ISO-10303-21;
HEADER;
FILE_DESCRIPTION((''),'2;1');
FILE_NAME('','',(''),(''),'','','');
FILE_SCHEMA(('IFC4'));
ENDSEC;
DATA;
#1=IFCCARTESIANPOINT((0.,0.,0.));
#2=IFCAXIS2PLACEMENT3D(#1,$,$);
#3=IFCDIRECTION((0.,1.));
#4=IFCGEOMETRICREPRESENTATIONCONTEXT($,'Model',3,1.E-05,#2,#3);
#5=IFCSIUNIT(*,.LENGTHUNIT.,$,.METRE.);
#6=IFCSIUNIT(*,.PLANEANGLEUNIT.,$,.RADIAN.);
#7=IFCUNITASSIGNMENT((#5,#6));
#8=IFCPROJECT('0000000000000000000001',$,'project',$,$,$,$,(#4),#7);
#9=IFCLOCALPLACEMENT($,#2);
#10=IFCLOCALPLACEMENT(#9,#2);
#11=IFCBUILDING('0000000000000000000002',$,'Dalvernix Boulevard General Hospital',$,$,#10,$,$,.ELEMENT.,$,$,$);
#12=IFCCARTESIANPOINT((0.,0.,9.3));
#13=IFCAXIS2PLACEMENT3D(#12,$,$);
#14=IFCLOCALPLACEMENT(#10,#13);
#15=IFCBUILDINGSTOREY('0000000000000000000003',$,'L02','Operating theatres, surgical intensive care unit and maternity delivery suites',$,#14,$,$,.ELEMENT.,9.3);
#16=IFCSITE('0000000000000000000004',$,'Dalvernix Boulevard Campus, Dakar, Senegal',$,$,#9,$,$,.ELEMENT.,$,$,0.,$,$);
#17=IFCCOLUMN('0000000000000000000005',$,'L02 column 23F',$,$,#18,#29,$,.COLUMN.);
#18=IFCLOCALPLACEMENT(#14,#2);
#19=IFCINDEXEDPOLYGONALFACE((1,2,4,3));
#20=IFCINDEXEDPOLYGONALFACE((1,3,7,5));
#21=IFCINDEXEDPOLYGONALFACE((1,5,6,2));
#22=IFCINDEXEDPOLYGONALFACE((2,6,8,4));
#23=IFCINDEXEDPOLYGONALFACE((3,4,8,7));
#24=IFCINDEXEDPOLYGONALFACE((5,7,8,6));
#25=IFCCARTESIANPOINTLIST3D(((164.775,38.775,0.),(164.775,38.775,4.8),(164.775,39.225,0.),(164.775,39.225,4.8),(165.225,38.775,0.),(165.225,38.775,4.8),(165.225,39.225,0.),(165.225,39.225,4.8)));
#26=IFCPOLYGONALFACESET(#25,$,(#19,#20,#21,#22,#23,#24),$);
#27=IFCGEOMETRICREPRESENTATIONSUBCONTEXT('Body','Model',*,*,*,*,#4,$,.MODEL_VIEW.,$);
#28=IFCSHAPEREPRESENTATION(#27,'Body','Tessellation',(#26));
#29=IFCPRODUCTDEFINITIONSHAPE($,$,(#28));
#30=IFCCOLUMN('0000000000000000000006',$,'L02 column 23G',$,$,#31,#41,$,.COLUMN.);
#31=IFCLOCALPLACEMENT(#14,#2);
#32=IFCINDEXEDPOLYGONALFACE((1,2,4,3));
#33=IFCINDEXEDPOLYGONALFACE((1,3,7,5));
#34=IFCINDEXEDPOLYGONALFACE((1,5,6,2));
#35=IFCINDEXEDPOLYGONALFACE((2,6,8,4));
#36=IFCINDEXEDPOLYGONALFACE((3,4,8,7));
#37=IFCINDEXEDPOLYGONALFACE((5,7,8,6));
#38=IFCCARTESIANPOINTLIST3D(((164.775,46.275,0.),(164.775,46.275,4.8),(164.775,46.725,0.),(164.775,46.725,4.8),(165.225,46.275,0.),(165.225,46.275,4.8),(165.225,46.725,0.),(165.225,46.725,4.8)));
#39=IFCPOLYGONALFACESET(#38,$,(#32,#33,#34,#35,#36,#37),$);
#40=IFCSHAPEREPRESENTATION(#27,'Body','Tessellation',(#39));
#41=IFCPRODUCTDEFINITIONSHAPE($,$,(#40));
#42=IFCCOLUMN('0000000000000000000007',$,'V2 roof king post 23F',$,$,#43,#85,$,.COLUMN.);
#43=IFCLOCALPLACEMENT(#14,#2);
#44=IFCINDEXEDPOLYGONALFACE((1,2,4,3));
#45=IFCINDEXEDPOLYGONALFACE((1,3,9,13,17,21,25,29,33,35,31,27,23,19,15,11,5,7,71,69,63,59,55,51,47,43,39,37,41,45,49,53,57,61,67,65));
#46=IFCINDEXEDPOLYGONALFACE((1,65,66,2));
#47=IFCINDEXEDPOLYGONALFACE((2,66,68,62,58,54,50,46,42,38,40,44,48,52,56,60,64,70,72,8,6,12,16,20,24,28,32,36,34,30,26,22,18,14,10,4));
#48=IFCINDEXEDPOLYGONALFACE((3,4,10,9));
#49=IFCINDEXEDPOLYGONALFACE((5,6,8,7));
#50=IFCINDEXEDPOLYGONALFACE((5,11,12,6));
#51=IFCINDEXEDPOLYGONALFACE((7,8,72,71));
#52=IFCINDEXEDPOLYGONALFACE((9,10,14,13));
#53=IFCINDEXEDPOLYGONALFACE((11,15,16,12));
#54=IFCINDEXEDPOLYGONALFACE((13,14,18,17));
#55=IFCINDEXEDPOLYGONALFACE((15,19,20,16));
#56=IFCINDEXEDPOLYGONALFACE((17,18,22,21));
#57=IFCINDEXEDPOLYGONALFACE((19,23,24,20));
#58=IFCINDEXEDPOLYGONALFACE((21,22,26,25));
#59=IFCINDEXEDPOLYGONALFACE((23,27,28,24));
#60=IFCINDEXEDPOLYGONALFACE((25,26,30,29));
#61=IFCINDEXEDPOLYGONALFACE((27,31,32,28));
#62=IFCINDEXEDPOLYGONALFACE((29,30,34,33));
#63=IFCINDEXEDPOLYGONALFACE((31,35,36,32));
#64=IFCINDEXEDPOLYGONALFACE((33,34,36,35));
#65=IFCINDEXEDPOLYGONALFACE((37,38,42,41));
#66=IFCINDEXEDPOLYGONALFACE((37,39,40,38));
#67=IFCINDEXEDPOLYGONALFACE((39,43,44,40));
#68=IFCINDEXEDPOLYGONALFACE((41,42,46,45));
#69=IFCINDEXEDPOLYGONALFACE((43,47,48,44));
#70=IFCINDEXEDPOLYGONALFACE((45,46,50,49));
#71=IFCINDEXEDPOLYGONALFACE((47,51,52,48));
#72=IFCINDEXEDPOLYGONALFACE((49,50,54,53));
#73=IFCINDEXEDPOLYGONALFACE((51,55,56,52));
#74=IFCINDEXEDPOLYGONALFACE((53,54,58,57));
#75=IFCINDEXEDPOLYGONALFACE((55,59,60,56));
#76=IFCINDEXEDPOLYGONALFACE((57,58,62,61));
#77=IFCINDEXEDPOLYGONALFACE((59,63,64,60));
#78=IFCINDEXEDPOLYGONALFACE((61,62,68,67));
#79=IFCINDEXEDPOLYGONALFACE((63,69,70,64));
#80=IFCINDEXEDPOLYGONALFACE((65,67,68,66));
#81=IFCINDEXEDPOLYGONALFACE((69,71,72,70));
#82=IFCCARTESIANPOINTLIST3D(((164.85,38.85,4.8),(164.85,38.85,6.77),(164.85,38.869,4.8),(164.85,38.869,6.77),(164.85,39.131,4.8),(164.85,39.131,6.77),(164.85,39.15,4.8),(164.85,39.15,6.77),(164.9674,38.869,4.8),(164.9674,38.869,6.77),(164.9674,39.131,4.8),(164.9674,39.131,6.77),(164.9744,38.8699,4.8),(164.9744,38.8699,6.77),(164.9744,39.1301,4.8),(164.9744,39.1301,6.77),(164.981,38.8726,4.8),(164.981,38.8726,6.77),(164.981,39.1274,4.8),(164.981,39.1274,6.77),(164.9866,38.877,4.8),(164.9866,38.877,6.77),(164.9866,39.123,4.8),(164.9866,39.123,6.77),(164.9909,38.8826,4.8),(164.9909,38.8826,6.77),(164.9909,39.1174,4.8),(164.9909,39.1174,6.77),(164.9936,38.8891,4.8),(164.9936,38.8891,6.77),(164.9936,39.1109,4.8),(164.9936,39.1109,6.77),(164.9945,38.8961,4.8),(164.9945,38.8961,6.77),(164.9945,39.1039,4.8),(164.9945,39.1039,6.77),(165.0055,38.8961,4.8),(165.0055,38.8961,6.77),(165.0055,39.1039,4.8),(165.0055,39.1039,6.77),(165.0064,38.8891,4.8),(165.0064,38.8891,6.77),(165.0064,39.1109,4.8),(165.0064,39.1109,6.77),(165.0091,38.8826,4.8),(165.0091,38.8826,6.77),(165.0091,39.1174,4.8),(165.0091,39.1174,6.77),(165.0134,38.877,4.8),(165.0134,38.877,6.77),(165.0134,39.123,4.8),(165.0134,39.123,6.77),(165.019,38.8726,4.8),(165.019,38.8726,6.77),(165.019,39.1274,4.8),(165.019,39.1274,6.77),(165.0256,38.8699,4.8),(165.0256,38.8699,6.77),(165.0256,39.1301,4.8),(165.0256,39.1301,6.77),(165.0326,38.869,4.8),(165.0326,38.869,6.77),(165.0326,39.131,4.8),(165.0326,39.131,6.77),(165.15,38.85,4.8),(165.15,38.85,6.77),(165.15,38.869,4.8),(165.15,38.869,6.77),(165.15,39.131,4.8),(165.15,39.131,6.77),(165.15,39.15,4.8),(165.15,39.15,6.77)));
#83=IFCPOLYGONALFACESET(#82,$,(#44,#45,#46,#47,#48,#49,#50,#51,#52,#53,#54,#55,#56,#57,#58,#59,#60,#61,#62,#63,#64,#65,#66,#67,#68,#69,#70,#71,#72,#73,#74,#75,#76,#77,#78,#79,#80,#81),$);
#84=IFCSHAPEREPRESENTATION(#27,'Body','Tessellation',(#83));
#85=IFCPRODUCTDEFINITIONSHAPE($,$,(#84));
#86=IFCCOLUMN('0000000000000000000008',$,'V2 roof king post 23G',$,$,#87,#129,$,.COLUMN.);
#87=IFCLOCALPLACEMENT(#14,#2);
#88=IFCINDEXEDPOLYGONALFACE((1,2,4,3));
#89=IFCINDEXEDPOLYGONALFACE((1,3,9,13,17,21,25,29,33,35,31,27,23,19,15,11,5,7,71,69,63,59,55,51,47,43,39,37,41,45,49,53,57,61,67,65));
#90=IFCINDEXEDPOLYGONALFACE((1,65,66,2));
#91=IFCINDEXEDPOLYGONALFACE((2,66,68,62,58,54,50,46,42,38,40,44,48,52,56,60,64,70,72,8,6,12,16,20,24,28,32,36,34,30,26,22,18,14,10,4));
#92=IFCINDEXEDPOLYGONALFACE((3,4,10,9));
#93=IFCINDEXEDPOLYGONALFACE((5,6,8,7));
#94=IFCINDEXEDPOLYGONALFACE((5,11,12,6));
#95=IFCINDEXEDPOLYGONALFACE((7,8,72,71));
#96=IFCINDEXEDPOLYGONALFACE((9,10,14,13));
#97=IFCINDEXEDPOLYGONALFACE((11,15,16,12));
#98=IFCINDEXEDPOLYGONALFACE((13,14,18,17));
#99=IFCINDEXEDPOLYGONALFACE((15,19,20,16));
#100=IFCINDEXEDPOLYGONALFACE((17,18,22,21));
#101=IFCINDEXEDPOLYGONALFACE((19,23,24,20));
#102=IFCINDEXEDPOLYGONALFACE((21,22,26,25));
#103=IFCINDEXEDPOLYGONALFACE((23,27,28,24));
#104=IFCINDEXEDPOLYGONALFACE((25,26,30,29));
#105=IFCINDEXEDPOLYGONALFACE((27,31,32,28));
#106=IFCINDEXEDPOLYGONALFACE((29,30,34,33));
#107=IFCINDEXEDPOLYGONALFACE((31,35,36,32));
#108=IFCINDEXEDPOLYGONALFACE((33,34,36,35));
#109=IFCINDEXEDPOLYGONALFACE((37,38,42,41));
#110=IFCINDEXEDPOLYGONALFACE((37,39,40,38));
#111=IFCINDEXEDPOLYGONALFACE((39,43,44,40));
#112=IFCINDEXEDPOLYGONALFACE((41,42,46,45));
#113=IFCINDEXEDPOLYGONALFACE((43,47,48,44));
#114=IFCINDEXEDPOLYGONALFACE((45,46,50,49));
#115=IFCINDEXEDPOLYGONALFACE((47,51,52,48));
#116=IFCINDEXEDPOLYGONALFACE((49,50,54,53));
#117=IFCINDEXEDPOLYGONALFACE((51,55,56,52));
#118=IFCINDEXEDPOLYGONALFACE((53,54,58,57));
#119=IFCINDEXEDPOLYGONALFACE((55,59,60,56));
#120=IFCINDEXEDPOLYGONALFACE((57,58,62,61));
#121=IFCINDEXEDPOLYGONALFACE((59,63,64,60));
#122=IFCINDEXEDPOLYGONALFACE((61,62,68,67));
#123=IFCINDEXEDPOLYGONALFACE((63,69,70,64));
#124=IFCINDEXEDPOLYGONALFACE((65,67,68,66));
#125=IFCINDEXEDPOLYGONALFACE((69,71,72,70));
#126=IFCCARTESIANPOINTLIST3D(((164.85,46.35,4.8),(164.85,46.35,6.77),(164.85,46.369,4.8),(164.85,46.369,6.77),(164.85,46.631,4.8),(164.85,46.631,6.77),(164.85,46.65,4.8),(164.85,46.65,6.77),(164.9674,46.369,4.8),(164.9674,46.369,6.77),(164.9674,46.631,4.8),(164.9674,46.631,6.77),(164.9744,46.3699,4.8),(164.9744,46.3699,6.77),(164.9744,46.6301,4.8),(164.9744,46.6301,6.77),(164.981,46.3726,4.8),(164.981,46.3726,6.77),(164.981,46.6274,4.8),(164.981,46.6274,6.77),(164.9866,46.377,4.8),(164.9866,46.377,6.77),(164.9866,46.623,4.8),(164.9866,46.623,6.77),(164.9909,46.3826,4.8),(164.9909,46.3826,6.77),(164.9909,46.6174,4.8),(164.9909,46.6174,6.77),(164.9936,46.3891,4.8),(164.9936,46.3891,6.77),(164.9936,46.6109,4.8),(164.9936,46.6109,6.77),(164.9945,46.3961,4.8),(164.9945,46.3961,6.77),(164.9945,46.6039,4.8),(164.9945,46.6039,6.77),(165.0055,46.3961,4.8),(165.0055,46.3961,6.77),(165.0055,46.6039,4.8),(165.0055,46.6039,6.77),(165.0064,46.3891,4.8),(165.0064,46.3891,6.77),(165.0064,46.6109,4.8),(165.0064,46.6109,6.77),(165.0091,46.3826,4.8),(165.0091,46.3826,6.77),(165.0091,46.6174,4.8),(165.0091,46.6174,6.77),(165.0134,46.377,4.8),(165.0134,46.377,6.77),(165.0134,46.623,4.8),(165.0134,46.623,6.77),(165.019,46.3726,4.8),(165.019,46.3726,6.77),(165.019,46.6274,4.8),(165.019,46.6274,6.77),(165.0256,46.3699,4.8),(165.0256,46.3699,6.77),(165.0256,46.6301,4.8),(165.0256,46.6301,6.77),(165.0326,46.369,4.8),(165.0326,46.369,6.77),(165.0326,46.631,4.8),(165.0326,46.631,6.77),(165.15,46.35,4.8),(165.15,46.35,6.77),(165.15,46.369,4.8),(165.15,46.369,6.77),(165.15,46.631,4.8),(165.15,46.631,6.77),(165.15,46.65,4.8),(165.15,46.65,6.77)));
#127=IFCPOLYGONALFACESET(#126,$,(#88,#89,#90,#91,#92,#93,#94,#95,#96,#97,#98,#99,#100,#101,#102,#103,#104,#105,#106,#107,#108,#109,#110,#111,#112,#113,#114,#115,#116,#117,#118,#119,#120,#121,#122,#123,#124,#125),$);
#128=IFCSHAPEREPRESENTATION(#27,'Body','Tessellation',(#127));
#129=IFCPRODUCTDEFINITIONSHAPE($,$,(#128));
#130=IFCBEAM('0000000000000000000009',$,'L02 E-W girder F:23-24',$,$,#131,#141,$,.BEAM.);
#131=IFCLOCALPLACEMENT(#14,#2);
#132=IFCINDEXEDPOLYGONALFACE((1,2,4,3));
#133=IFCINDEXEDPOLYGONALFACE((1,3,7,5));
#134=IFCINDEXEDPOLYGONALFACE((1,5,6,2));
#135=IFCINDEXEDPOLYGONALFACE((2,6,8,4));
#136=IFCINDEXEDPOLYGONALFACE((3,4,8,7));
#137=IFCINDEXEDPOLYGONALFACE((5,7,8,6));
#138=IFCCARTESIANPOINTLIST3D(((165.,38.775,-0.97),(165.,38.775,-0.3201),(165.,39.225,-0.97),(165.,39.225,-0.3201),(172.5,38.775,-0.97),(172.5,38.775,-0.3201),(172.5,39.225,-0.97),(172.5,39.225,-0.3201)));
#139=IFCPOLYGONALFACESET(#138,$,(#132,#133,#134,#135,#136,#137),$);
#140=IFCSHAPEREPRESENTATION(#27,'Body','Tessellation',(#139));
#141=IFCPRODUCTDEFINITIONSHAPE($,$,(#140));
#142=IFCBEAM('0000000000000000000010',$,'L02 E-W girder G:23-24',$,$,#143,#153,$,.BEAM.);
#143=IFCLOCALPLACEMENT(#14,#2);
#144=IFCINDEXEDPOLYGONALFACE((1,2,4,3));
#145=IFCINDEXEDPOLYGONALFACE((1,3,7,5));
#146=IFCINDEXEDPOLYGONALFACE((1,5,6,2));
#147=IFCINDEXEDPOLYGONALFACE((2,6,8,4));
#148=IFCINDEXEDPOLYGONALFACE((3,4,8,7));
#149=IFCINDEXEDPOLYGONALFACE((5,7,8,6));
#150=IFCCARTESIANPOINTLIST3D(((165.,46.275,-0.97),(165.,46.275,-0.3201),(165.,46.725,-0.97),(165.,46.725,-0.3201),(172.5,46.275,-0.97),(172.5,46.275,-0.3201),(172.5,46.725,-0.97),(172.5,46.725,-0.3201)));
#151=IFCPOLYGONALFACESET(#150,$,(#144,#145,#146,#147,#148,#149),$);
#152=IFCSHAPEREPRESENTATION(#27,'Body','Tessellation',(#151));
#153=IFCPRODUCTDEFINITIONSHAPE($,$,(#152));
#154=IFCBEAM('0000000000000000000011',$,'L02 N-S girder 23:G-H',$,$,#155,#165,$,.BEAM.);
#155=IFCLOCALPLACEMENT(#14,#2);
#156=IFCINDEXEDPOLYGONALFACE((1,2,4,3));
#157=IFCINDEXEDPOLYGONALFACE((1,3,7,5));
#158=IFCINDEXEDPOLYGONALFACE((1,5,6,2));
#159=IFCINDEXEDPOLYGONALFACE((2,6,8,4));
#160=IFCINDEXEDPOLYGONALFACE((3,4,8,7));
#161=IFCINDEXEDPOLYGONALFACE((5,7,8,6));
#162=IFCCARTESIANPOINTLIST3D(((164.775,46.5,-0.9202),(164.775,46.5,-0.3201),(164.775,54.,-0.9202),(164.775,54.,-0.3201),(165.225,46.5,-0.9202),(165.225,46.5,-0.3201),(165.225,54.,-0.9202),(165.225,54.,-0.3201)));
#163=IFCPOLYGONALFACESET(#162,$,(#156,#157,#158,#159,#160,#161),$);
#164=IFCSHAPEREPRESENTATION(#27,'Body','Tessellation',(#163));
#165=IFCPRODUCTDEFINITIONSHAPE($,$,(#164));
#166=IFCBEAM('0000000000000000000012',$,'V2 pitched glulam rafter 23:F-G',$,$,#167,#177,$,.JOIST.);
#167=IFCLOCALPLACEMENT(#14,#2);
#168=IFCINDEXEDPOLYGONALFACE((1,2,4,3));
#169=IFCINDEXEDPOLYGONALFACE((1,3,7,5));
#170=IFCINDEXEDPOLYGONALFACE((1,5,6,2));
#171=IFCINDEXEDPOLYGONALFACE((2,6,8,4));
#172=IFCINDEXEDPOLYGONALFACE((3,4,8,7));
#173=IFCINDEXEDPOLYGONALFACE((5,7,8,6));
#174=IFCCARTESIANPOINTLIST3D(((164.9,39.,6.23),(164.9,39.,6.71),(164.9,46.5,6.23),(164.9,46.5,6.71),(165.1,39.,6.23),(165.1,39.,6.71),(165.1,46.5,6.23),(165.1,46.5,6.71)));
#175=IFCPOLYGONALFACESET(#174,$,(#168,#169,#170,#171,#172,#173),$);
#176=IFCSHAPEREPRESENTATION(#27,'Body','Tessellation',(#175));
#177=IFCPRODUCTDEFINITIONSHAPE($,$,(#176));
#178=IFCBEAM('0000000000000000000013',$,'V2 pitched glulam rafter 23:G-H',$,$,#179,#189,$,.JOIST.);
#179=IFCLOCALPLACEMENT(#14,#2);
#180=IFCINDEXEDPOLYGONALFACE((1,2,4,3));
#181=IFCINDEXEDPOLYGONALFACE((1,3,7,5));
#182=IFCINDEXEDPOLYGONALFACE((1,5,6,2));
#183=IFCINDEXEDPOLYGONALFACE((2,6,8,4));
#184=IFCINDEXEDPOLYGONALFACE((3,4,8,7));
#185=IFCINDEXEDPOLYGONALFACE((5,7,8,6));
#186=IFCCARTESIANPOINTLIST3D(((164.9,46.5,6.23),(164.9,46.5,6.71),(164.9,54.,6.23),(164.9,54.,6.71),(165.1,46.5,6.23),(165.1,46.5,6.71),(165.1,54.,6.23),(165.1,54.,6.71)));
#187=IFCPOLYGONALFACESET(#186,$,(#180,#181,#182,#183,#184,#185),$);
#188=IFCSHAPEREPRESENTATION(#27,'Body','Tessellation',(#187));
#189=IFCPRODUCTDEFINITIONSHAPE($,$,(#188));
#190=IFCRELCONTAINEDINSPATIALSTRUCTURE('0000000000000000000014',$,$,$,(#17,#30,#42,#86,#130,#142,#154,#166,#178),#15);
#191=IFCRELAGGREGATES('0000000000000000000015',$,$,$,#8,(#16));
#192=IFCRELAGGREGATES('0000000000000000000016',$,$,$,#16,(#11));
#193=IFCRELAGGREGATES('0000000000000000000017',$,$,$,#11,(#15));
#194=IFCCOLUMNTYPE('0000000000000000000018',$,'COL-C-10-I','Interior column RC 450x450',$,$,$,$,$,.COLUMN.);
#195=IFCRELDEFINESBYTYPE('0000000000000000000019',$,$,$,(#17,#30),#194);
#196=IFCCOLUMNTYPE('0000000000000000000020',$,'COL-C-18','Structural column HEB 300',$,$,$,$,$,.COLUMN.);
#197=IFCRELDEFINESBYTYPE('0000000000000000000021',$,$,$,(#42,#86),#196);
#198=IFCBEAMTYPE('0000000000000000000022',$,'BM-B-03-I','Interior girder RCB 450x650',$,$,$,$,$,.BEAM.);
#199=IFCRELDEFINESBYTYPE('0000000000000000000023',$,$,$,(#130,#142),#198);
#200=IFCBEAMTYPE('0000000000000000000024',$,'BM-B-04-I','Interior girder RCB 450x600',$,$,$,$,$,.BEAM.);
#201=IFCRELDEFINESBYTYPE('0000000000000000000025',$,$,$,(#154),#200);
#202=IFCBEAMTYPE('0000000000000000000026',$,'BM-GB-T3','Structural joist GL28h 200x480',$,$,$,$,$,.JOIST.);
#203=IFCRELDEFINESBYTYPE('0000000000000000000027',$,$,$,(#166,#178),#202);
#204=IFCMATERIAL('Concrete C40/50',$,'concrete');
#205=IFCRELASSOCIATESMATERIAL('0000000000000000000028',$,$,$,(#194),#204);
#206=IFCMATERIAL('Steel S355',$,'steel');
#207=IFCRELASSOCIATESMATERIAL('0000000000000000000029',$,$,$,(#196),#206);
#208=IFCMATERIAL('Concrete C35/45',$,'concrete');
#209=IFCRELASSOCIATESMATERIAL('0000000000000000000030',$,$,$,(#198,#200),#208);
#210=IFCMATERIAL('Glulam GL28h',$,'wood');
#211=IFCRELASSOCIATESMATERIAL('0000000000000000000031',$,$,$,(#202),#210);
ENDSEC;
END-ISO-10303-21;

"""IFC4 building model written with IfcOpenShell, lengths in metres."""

from ifc_helpers import new_model, si_unit, direction, frame, origin, origin_2d, place, context, subcontext, project, spatial, rectangle, i_section, extrude, material, material_profile, profile_set, type_object, element, save


model = new_model("IFC4")

# Units and contexts
model_context = context("Model", 3, precision=1e-05, world=origin(), true_north=direction((0.0, 1.0)))
body_context = subcontext(model_context, "Body", "Model", "MODEL_VIEW")
ifc_project = project(units=[si_unit("LENGTHUNIT", "METRE"), si_unit("PLANEANGLEUNIT", "RADIAN")], contexts=[model_context])

# Site, building, storey
site_placement = place(None, origin())
site = spatial("IfcSite", under=ifc_project, at=site_placement, Name="Dalvernix Boulevard Campus, Dakar, Senegal", CompositionType="ELEMENT", RefElevation=0.0)
building_placement = place(site_placement, origin())
building = spatial("IfcBuilding", under=site, at=building_placement, Name="Dalvernix Boulevard General Hospital", CompositionType="ELEMENT")
storey_placement = place(building_placement, frame((0.0, 0.0, 9.3)))
storey = spatial("IfcBuildingStorey", under=building, at=storey_placement, Name="L02", Description="Operating theatres, surgical intensive care unit and maternity delivery suites", CompositionType="ELEMENT", Elevation=9.3)

# Columns
ifc_material_1 = material(Name="Concrete C40/50", Category="concrete")
ifc_material_profile_1 = material_profile(ifc_material_1, rectangle(XDim=0.45, YDim=0.45, at=origin_2d()), Name="RC 450x450")
ifc_profile_set_1 = profile_set([ifc_material_profile_1], Name="Concrete C40/50")
column_type_1 = type_object("IfcColumnType", Name="COL-C-10-I", Description="Interior column RC 450x450", PredefinedType="COLUMN", material=ifc_profile_set_1)
for number, where, z_axis, x_axis, name in (
    (1, (165.0, 39.0, 0.0), (0.0, 0.0, 1.0), (1.0, 0.0, 0.0), "L02 column 23F"),
    (2, (165.0, 46.5, 0.0), (0.0, 0.0, 1.0), (1.0, 0.0, 0.0), "L02 column 23G"),
):
    element("IfcColumn", number, at=place(storey_placement, frame(where, z_axis=z_axis, x_axis=x_axis)), inside=storey, type_object=column_type_1, Name=name, PredefinedType="COLUMN", context=body_context, shape_type="SweptSolid", body=[
        extrude(rectangle(XDim=0.45, YDim=0.45, at=origin_2d()), origin(), (0.0, 0.0, 1.0), 4.8),
    ])
ifc_material_2 = material(Name="Steel S355", Category="steel")
ifc_material_profile_2 = material_profile(ifc_material_2, i_section(OverallWidth=0.3, OverallDepth=0.3, WebThickness=0.011, FlangeThickness=0.019, FilletRadius=0.0271, at=origin_2d()), Name="HEB 300")
ifc_profile_set_2 = profile_set([ifc_material_profile_2], Name="Steel S355")
column_type_2 = type_object("IfcColumnType", Name="COL-C-18", Description="Structural column HEB 300", PredefinedType="COLUMN", material=ifc_profile_set_2)
for number, where, z_axis, x_axis, name in (
    (3, (165.0, 39.0, 4.8), (0.0, 0.0, 1.0), (1.0, 0.0, 0.0), "V2 roof king post 23F"),
    (4, (165.0, 46.5, 4.8), (0.0, 0.0, 1.0), (1.0, 0.0, 0.0), "V2 roof king post 23G"),
):
    element("IfcColumn", number, at=place(storey_placement, frame(where, z_axis=z_axis, x_axis=x_axis)), inside=storey, type_object=column_type_2, Name=name, PredefinedType="COLUMN", context=body_context, shape_type="SweptSolid", body=[
        extrude(i_section(OverallWidth=0.3, OverallDepth=0.3, WebThickness=0.011, FlangeThickness=0.019, FilletRadius=0.0271, at=origin_2d()), origin(), (0.0, 0.0, 1.0), 1.97),
    ])

# Beams
ifc_material_3 = material(Name="Concrete C35/45", Category="concrete")
ifc_material_profile_3 = material_profile(ifc_material_3, rectangle(XDim=0.45, YDim=0.6499, at=origin_2d()), Name="RCB 450x650")
ifc_profile_set_3 = profile_set([ifc_material_profile_3], Name="Concrete C35/45")
beam_type_1 = type_object("IfcBeamType", Name="BM-B-03-I", Description="Interior girder RCB 450x650", PredefinedType="BEAM", material=ifc_profile_set_3)
for number, where, z_axis, x_axis, name in (
    (5, (165.0, 39.0, -0.645), (1.0, 0.0, 0.0), (0.0, 1.0, 0.0), "L02 E-W girder F:23-24"),
    (6, (165.0, 46.5, -0.645), (1.0, 0.0, 0.0), (0.0, 1.0, 0.0), "L02 E-W girder G:23-24"),
):
    element("IfcBeam", number, at=place(storey_placement, frame(where, z_axis=z_axis, x_axis=x_axis)), inside=storey, type_object=beam_type_1, Name=name, PredefinedType="BEAM", context=body_context, shape_type="SweptSolid", body=[
        extrude(rectangle(XDim=0.45, YDim=0.6499, at=origin_2d()), origin(), (0.0, 0.0, 1.0), 7.5),
    ])
ifc_material_profile_4 = material_profile(ifc_material_3, rectangle(XDim=0.45, YDim=0.6001, at=origin_2d()), Name="RCB 450x600")
ifc_profile_set_4 = profile_set([ifc_material_profile_4], Name="Concrete C35/45")
beam_type_2 = type_object("IfcBeamType", Name="BM-B-04-I", Description="Interior girder RCB 450x600", PredefinedType="BEAM", material=ifc_profile_set_4)
beam_1_placement = place(storey_placement, frame((165.0, 46.5, -0.6201), z_axis=(0.0, 1.0, 0.0), x_axis=(-1.0, 0.0, 0.0)))
element("IfcBeam", 7, at=beam_1_placement, inside=storey, type_object=beam_type_2, Name="L02 N-S girder 23:G-H", PredefinedType="BEAM", context=body_context, shape_type="SweptSolid", body=[
    extrude(rectangle(XDim=0.45, YDim=0.6001, at=origin_2d()), origin(), (0.0, 0.0, 1.0), 7.5),
])
ifc_material_4 = material(Name="Glulam GL28h", Category="wood")
ifc_material_profile_5 = material_profile(ifc_material_4, rectangle(XDim=0.2, YDim=0.48, at=origin_2d()), Name="GL28h 200x480")
ifc_profile_set_5 = profile_set([ifc_material_profile_5], Name="Glulam GL28h")
beam_type_3 = type_object("IfcBeamType", Name="BM-GB-T3", Description="Structural joist GL28h 200x480", PredefinedType="JOIST", material=ifc_profile_set_5)
for number, where, z_axis, x_axis, name in (
    (8, (165.0, 39.0, 6.47), (0.0, 1.0, 0.0), (-1.0, 0.0, 0.0), "V2 pitched glulam rafter 23:F-G"),
    (9, (165.0, 46.5, 6.47), (0.0, 1.0, 0.0), (-1.0, 0.0, 0.0), "V2 pitched glulam rafter 23:G-H"),
):
    element("IfcBeam", number, at=place(storey_placement, frame(where, z_axis=z_axis, x_axis=x_axis)), inside=storey, type_object=beam_type_3, Name=name, PredefinedType="JOIST", context=body_context, shape_type="SweptSolid", body=[
        extrude(rectangle(XDim=0.2, YDim=0.48, at=origin_2d()), origin(), (0.0, 0.0, 1.0), 7.5),
    ])

save(model, "model.ifc")
